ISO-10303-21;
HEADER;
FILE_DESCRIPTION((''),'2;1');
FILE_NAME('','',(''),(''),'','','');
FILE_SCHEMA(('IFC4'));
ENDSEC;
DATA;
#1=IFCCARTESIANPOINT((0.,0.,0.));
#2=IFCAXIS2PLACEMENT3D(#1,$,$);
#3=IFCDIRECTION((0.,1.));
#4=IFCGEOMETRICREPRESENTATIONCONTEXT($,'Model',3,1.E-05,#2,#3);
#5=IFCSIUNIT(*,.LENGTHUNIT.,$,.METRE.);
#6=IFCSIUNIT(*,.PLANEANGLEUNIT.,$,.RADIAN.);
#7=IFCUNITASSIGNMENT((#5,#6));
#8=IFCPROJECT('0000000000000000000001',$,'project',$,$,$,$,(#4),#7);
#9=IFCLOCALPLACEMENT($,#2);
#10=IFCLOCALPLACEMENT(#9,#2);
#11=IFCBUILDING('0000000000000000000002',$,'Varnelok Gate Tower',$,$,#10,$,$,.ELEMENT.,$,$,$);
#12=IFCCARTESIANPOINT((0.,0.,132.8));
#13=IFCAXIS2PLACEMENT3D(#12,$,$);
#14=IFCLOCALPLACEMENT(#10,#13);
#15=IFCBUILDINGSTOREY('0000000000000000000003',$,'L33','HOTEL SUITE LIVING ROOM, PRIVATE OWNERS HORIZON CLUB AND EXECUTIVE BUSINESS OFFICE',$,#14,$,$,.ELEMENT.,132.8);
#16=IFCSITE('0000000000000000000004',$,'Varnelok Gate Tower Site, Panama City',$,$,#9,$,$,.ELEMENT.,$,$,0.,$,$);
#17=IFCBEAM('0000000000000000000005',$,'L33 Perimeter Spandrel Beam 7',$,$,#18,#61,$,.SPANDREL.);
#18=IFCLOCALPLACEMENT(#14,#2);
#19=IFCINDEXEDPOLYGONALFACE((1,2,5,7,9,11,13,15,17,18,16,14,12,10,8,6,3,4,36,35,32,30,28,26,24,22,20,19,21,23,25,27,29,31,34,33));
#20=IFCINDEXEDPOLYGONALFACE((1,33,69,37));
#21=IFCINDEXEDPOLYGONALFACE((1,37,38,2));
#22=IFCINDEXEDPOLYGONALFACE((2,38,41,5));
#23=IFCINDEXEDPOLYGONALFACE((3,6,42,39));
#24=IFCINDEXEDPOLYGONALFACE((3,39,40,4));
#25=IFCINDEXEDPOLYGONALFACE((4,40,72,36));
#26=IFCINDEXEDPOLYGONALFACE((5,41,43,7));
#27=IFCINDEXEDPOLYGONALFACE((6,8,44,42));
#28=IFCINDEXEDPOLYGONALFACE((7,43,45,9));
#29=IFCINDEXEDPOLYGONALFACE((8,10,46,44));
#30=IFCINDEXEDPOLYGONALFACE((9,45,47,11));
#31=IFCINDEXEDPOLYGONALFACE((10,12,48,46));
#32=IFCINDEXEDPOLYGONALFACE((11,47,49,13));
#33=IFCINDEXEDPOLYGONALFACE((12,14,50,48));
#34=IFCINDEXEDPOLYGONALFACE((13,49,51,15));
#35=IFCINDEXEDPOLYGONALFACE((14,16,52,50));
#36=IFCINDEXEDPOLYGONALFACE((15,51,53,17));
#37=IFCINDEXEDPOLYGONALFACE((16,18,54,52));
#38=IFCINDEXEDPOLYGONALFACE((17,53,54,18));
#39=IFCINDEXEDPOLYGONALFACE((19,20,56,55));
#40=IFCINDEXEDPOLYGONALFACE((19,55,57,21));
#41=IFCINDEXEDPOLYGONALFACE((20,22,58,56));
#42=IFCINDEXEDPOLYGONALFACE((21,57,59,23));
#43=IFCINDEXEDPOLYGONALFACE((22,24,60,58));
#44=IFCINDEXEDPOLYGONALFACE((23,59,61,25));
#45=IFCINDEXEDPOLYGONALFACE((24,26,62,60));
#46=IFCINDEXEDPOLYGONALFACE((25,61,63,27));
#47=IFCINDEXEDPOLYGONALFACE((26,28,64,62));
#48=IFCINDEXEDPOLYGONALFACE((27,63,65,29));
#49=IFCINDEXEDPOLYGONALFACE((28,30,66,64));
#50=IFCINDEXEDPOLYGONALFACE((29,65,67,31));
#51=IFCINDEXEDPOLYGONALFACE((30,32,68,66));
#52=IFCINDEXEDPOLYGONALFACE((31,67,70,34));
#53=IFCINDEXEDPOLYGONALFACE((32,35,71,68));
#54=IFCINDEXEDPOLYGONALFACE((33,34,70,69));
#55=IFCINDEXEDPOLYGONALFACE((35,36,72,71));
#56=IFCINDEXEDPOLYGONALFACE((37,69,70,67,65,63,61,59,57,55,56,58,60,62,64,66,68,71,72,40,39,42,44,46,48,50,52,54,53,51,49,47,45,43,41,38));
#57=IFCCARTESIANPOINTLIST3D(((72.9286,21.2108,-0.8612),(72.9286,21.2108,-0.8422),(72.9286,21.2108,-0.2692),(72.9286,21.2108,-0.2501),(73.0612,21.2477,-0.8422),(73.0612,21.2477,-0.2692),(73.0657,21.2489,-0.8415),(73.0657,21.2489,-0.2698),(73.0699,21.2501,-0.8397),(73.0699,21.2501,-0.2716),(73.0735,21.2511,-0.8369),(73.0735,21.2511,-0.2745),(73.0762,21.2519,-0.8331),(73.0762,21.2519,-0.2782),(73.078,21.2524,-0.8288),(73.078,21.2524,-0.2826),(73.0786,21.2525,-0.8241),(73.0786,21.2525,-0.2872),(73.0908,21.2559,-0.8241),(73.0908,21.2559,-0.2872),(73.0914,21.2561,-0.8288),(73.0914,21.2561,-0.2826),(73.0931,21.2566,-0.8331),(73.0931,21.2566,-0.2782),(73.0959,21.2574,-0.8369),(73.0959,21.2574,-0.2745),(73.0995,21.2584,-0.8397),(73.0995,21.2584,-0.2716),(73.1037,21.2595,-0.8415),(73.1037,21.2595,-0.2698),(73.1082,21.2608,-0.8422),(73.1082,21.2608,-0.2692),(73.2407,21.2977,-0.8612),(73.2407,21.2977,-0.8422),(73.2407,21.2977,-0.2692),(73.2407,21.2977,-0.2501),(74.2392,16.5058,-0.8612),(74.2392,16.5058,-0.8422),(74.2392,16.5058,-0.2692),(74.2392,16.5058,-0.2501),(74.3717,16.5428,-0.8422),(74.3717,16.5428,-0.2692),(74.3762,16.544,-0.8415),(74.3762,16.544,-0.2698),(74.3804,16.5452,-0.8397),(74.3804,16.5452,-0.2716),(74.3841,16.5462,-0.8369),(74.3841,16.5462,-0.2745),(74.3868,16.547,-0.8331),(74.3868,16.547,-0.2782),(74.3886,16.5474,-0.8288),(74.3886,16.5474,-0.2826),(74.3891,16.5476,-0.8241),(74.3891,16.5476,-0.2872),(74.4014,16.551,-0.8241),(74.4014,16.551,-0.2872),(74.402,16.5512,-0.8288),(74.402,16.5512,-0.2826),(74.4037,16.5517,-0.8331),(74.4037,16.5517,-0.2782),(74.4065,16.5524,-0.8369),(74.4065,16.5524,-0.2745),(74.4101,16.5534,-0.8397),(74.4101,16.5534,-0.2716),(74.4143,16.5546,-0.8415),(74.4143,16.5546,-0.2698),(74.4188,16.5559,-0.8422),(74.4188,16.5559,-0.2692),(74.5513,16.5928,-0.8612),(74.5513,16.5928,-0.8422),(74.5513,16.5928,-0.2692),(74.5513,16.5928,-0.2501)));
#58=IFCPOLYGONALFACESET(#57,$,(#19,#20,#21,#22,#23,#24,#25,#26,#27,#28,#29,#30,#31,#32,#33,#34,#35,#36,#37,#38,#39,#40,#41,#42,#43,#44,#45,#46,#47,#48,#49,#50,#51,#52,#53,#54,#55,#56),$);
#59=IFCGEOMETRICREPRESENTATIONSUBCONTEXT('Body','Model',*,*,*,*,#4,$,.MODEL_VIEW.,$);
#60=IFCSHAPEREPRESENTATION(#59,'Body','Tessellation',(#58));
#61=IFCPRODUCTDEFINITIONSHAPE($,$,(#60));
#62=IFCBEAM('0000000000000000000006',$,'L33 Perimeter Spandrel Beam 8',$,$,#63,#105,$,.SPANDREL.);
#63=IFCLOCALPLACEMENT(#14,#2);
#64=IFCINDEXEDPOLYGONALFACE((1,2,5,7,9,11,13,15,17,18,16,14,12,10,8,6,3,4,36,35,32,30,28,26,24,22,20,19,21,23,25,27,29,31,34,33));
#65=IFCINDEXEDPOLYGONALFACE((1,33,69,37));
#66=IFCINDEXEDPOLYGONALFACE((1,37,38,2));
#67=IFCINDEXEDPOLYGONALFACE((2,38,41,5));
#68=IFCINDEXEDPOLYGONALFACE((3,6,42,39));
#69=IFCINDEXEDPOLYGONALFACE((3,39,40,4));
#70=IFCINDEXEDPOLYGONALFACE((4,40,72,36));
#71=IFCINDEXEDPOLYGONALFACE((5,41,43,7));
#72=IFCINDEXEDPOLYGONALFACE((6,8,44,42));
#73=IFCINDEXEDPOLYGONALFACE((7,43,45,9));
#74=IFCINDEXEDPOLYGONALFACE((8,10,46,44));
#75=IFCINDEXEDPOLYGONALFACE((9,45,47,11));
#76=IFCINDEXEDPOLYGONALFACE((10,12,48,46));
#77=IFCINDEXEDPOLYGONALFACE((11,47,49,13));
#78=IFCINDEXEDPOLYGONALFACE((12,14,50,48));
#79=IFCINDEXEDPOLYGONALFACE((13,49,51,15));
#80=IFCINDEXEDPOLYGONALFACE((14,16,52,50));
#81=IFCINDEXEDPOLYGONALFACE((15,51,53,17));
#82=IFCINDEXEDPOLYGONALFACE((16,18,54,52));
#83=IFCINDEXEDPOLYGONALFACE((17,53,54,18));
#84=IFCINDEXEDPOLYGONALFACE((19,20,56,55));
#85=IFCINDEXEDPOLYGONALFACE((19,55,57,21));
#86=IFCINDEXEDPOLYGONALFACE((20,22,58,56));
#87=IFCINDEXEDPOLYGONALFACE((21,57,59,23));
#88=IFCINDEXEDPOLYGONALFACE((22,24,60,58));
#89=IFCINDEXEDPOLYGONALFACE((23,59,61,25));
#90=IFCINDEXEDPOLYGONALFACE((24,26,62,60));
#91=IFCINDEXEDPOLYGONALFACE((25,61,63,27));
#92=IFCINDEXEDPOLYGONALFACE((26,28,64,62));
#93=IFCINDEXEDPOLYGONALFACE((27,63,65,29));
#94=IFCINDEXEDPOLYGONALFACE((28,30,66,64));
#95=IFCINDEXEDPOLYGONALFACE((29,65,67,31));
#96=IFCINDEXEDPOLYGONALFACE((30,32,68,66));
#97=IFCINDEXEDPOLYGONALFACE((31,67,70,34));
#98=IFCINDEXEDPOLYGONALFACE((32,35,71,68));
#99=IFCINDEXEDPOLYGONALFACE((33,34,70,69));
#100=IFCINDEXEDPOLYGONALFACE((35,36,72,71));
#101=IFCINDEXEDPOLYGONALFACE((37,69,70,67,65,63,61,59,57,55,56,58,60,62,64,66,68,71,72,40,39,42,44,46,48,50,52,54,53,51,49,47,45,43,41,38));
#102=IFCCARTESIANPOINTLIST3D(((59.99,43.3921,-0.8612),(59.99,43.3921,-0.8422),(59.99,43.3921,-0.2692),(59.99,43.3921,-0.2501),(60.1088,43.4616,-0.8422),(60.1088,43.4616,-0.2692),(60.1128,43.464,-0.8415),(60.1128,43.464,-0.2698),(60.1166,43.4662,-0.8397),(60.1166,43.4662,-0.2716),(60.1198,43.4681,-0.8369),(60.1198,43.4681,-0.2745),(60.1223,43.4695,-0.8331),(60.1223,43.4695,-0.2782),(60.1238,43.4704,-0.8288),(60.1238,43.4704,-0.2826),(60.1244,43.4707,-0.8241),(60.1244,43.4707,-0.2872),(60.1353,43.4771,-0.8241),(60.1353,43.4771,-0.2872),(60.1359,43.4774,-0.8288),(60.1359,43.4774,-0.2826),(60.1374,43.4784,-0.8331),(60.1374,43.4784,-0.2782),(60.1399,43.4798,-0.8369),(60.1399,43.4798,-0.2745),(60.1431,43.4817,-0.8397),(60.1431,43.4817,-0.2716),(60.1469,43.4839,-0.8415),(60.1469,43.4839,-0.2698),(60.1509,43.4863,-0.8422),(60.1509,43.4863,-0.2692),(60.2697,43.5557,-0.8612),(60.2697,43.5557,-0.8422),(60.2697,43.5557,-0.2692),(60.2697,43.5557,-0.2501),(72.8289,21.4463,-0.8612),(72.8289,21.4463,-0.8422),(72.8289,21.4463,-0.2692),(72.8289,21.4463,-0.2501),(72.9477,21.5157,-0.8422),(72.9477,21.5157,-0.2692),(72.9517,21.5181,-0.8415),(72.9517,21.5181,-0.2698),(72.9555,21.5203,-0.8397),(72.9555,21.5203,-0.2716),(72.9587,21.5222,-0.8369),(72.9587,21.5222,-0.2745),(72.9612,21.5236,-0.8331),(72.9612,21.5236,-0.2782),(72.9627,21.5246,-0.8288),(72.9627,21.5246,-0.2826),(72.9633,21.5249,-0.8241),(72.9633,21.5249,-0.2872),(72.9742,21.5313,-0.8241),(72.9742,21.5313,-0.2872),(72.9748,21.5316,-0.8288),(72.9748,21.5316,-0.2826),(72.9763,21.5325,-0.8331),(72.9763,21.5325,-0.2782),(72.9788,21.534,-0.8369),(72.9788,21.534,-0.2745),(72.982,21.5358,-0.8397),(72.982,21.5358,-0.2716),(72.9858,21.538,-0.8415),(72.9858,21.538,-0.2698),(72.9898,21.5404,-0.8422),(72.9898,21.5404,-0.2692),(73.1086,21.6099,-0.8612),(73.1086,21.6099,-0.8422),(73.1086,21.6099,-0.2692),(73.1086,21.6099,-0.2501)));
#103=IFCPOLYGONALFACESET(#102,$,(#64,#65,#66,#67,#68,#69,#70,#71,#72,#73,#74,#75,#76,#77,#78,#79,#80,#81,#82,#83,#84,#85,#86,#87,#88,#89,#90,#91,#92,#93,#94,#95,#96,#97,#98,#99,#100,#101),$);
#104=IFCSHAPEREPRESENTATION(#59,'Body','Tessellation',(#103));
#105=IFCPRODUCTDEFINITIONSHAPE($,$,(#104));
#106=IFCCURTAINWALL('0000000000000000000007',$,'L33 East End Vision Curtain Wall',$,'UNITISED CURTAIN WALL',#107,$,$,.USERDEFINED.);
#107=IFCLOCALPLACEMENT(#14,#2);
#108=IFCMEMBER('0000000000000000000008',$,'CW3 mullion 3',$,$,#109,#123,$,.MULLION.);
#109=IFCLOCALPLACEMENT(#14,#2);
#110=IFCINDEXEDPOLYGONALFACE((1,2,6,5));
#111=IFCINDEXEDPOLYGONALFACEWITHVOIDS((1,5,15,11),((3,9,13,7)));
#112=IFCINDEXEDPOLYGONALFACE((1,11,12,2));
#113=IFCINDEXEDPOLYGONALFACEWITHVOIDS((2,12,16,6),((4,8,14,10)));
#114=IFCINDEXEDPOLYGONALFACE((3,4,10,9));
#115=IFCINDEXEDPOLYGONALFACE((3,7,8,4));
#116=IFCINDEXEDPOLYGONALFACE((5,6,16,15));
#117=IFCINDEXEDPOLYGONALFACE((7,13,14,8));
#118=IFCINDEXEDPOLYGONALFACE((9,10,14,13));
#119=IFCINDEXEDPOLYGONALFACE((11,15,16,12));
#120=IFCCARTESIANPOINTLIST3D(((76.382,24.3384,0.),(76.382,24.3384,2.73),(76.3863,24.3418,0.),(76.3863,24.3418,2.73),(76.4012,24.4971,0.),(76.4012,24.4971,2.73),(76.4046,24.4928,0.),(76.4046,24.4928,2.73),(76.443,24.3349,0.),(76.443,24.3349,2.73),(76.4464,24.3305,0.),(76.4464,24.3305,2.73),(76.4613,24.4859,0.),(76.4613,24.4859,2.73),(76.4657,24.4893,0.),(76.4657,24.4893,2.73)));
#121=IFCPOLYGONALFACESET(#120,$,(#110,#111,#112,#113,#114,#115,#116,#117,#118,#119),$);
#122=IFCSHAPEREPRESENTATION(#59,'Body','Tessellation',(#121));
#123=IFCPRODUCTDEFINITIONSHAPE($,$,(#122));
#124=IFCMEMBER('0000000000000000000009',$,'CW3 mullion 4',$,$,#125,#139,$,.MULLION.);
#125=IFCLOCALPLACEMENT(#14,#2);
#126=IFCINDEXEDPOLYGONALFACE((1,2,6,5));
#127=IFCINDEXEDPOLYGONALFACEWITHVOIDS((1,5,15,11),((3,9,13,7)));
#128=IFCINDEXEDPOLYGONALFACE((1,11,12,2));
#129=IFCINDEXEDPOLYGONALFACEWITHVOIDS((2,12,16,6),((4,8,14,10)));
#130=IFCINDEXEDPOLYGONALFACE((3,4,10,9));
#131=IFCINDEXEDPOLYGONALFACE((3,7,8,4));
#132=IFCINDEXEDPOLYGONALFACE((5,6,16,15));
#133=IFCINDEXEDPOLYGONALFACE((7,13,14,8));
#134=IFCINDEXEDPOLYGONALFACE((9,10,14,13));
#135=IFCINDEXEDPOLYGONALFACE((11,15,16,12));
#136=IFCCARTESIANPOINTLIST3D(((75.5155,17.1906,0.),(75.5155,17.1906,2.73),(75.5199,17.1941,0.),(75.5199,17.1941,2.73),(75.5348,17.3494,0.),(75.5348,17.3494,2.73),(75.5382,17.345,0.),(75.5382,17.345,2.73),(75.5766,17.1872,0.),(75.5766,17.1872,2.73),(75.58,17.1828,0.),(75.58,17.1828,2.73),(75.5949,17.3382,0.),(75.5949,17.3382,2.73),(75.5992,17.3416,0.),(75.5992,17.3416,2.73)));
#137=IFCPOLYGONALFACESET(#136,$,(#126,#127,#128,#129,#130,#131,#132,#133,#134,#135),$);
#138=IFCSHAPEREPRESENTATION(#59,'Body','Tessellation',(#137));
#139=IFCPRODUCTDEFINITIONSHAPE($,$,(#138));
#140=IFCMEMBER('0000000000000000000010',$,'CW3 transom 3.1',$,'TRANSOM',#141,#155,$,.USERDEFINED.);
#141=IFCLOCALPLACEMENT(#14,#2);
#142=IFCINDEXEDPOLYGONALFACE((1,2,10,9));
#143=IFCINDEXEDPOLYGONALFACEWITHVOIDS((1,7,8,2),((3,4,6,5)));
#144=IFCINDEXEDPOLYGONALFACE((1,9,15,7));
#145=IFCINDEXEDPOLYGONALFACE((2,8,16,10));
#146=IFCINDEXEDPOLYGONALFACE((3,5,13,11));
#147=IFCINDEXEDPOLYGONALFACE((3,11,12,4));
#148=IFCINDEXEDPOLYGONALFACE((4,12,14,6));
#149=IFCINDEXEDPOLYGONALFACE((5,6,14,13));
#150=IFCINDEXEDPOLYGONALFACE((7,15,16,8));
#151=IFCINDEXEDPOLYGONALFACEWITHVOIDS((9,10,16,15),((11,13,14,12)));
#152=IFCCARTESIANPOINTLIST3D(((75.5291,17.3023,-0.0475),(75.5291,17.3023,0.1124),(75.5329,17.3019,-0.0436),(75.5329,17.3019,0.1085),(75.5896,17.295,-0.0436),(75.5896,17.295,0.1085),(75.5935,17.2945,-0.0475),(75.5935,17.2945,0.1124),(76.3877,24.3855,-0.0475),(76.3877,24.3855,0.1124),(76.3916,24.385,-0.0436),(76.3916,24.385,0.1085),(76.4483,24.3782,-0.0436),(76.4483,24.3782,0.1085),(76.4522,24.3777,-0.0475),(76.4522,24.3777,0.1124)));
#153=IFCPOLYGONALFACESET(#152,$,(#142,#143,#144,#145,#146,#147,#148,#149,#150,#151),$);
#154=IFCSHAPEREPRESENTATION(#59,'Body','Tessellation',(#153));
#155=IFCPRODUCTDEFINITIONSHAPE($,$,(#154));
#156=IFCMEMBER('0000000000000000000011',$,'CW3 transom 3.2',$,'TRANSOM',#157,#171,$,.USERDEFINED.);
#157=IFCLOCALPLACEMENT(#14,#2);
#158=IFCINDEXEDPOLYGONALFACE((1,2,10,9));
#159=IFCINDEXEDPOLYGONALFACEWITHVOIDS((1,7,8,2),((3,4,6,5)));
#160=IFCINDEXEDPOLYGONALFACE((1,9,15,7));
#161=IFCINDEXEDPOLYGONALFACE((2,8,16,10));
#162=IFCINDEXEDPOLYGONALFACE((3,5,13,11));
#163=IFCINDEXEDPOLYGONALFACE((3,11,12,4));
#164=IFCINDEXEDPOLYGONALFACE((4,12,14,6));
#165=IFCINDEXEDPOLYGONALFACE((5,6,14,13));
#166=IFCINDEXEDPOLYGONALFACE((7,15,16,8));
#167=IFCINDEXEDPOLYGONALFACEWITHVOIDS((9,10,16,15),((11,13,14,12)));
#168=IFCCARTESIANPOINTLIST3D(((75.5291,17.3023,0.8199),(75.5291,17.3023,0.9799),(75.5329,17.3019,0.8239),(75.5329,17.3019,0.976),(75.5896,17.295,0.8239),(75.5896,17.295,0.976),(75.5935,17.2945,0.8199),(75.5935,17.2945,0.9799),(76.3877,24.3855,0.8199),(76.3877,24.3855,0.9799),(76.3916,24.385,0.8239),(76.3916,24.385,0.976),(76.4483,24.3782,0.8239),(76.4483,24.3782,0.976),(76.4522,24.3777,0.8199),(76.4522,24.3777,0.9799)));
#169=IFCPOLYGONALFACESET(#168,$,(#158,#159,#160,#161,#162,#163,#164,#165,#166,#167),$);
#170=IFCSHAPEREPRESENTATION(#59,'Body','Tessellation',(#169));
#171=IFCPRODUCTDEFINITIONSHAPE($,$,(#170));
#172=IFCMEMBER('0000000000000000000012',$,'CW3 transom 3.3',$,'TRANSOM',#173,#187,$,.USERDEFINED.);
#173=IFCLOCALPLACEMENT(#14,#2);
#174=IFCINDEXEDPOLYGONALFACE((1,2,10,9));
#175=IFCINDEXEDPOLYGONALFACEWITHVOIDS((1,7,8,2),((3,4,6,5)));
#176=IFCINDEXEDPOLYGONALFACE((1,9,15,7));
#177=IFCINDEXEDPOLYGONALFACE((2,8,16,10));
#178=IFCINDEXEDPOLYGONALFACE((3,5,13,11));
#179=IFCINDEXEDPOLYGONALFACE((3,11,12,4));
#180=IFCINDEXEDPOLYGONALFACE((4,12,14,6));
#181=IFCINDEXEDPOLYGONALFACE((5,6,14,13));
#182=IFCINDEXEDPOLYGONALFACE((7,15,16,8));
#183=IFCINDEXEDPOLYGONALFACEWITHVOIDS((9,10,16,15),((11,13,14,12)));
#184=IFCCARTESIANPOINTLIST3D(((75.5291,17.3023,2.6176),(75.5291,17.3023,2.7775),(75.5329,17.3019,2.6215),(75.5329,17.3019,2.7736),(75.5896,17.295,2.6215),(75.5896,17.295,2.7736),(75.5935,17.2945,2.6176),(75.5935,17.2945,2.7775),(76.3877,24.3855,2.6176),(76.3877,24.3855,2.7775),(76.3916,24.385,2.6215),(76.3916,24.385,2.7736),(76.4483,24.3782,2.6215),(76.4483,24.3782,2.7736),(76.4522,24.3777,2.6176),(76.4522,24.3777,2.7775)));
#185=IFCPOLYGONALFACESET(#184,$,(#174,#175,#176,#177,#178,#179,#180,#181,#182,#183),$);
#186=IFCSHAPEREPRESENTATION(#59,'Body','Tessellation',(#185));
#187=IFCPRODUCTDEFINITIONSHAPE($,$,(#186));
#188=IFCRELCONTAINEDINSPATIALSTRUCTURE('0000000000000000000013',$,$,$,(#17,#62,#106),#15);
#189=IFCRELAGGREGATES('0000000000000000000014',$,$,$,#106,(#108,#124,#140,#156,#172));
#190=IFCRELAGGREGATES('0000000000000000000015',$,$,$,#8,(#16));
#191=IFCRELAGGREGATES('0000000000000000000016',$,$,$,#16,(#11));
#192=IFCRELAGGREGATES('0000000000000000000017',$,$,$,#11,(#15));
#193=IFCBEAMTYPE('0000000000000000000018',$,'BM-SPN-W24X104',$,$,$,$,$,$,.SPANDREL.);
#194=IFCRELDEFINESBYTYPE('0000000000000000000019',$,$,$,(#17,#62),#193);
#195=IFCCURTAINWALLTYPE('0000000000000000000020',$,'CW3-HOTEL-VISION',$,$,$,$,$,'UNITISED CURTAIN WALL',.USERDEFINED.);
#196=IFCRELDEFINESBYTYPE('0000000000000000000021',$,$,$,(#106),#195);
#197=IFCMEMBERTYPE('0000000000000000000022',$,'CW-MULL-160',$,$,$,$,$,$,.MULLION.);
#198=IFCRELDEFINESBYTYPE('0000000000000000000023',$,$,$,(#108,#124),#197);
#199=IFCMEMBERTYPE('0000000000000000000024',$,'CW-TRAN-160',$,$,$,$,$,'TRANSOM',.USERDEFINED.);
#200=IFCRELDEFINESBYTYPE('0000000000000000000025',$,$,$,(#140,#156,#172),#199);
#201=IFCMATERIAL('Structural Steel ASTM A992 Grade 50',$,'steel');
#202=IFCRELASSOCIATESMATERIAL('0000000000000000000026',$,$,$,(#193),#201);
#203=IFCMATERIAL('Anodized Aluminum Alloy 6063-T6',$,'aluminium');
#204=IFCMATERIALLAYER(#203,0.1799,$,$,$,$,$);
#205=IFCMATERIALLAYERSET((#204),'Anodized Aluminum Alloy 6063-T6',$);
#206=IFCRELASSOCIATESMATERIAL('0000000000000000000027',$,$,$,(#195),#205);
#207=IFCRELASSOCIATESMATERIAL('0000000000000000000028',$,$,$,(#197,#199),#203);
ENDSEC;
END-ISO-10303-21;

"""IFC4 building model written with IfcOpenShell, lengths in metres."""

from ifc_helpers import new_model, si_unit, direction, frame, origin, origin_2d, place, context, subcontext, project, spatial, hollow_rectangle, i_section, extrude, material, layer, layer_set, material_profile, profile_set, type_object, element, aggregate, save


model = new_model("IFC4")

# Units and contexts
model_context = context("Model", 3, precision=1e-05, world=origin(), true_north=direction((0.0, 1.0)))
body_context = subcontext(model_context, "Body", "Model", "MODEL_VIEW")
ifc_project = project(units=[si_unit("LENGTHUNIT", "METRE"), si_unit("PLANEANGLEUNIT", "RADIAN")], contexts=[model_context])

# Site, building, storey
site_placement = place(None, origin())
site = spatial("IfcSite", under=ifc_project, at=site_placement, Name="Varnelok Gate Tower Site, Panama City", CompositionType="ELEMENT", RefElevation=0.0)
building_placement = place(site_placement, origin())
building = spatial("IfcBuilding", under=site, at=building_placement, Name="Varnelok Gate Tower", CompositionType="ELEMENT")
storey_placement = place(building_placement, frame((0.0, 0.0, 132.8)))
storey = spatial("IfcBuildingStorey", under=building, at=storey_placement, Name="L33", Description="HOTEL SUITE LIVING ROOM, PRIVATE OWNERS HORIZON CLUB AND EXECUTIVE BUSINESS OFFICE", CompositionType="ELEMENT", Elevation=132.8)

# Shared definitions
ifc_material_1 = material(Name="Structural Steel ASTM A992 Grade 50", Category="steel")

# Beams
ifc_material_profile_1 = material_profile(ifc_material_1, i_section(OverallWidth=0.324, OverallDepth=0.6111, WebThickness=0.0127, FlangeThickness=0.019, FilletRadius=0.0181, at=origin_2d()), Name="W24X104")
ifc_profile_set_1 = profile_set([ifc_material_profile_1], Name="Structural Steel ASTM A992 Grade 50")
beam_type_1 = type_object("IfcBeamType", Name="BM-SPN-W24X104", PredefinedType="SPANDREL", material=ifc_profile_set_1)
beam_1_placement = place(storey_placement, frame((74.3953, 16.5493, -0.5557), z_axis=(-0.268337, 0.963325, 0.0), x_axis=(-0.963325, -0.268337, 0.0)))
element("IfcBeam", 1, at=beam_1_placement, inside=storey, type_object=beam_type_1, Name="L33 Perimeter Spandrel Beam 7", PredefinedType="SPANDREL", context=body_context, shape_type="SweptSolid", body=[
    extrude(i_section(OverallWidth=0.324, OverallDepth=0.6111, WebThickness=0.0127, FlangeThickness=0.019, FilletRadius=0.0181, at=origin_2d()), origin(), (0.0, 0.0, 1.0), 4.884),
])
beam_2_placement = place(storey_placement, frame((72.9688, 21.5281, -0.5557), z_axis=(-0.504961, 0.863142, 0.0), x_axis=(-0.863142, -0.504961, 0.0)))
element("IfcBeam", 2, at=beam_2_placement, inside=storey, type_object=beam_type_1, Name="L33 Perimeter Spandrel Beam 8", PredefinedType="SPANDREL", context=body_context, shape_type="SweptSolid", body=[
    extrude(i_section(OverallWidth=0.324, OverallDepth=0.6111, WebThickness=0.0127, FlangeThickness=0.019, FilletRadius=0.0181, at=origin_2d()), origin(), (0.0, 0.0, 1.0), 25.4255),
])

# Curtain wall, members
ifc_material_2 = material(Name="Anodized Aluminum Alloy 6063-T6", Category="aluminium")
ifc_layer_1 = layer(ifc_material_2, 0.1799)
ifc_layer_set_1 = layer_set([ifc_layer_1], Name="Anodized Aluminum Alloy 6063-T6")
curtain_wall_type = type_object("IfcCurtainWallType", Name="CW3-HOTEL-VISION", ElementType="UNITISED CURTAIN WALL", PredefinedType="USERDEFINED", material=ifc_layer_set_1)
curtain_wall_placement = place(storey_placement, origin())
curtain_wall = element("IfcCurtainWall", 3, at=curtain_wall_placement, inside=storey, type_object=curtain_wall_type, Name="L33 East End Vision Curtain Wall", ObjectType="UNITISED CURTAIN WALL", PredefinedType="USERDEFINED")
ifc_material_profile_2 = material_profile(ifc_material_2, hollow_rectangle(XDim=0.0649, YDim=0.1599, WallThickness=0.0039, at=origin_2d()), Name="ALU160X65X4")
ifc_profile_set_2 = profile_set([ifc_material_profile_2], Name="Anodized Aluminum Alloy 6063-T6")
member_type_1 = type_object("IfcMemberType", Name="CW-MULL-160", PredefinedType="MULLION", material=ifc_profile_set_2)
member_1_placement = place(storey_placement, frame((76.4238, 24.4138, 0.0), z_axis=(0.0, 0.0, 1.0), x_axis=(0.992732, -0.120347, 0.0)))
member_1 = element("IfcMember", 4, at=member_1_placement, type_object=member_type_1, Name="CW3 mullion 3", PredefinedType="MULLION", context=body_context, shape_type="SweptSolid", body=[
    extrude(hollow_rectangle(XDim=0.0649, YDim=0.1599, WallThickness=0.0039, at=origin_2d()), origin(), (0.0, 0.0, 1.0), 2.73),
])
member_2_placement = place(storey_placement, frame((75.5574, 17.2661, 0.0), z_axis=(0.0, 0.0, 1.0), x_axis=(0.992732, -0.120347, 0.0)))
member_2 = element("IfcMember", 5, at=member_2_placement, type_object=member_type_1, Name="CW3 mullion 4", PredefinedType="MULLION", context=body_context, shape_type="SweptSolid", body=[
    extrude(hollow_rectangle(XDim=0.0649, YDim=0.1599, WallThickness=0.0039, at=origin_2d()), origin(), (0.0, 0.0, 1.0), 2.73),
])
ifc_material_profile_3 = material_profile(ifc_material_2, hollow_rectangle(XDim=0.0649, YDim=0.1599, WallThickness=0.0039, at=origin_2d()), Name="ALU160X65X4")
ifc_profile_set_3 = profile_set([ifc_material_profile_3], Name="Anodized Aluminum Alloy 6063-T6")
member_type_2 = type_object("IfcMemberType", Name="CW-TRAN-160", ElementType="TRANSOM", PredefinedType="USERDEFINED", material=ifc_profile_set_3)
member_3_placement = place(storey_placement, frame((76.4199, 24.3816, 0.0325), z_axis=(-0.120341, -0.992733, 0.0), x_axis=(0.992733, -0.120341, 0.0)))
member_3 = element("IfcMember", 6, at=member_3_placement, type_object=member_type_2, Name="CW3 transom 3.1", ObjectType="TRANSOM", PredefinedType="USERDEFINED", context=body_context, shape_type="SweptSolid", body=[
    extrude(hollow_rectangle(XDim=0.0649, YDim=0.1599, WallThickness=0.0039, at=origin_2d()), origin(), (0.0, 0.0, 1.0), 7.135),
])
member_4_placement = place(storey_placement, frame((76.4199, 24.3816, 0.8999), z_axis=(-0.120341, -0.992733, 0.0), x_axis=(0.992733, -0.120341, 0.0)))
member_4 = element("IfcMember", 7, at=member_4_placement, type_object=member_type_2, Name="CW3 transom 3.2", ObjectType="TRANSOM", PredefinedType="USERDEFINED", context=body_context, shape_type="SweptSolid", body=[
    extrude(hollow_rectangle(XDim=0.0649, YDim=0.1599, WallThickness=0.0039, at=origin_2d()), origin(), (0.0, 0.0, 1.0), 7.135),
])
member_5_placement = place(storey_placement, frame((76.4199, 24.3816, 2.6975), z_axis=(-0.120341, -0.992733, 0.0), x_axis=(0.992733, -0.120341, 0.0)))
member_5 = element("IfcMember", 8, at=member_5_placement, type_object=member_type_2, Name="CW3 transom 3.3", ObjectType="TRANSOM", PredefinedType="USERDEFINED", context=body_context, shape_type="SweptSolid", body=[
    extrude(hollow_rectangle(XDim=0.0649, YDim=0.1599, WallThickness=0.0039, at=origin_2d()), origin(), (0.0, 0.0, 1.0), 7.135),
])
aggregate(curtain_wall, [member_1, member_2, member_3, member_4, member_5])

save(model, "model.ifc")
